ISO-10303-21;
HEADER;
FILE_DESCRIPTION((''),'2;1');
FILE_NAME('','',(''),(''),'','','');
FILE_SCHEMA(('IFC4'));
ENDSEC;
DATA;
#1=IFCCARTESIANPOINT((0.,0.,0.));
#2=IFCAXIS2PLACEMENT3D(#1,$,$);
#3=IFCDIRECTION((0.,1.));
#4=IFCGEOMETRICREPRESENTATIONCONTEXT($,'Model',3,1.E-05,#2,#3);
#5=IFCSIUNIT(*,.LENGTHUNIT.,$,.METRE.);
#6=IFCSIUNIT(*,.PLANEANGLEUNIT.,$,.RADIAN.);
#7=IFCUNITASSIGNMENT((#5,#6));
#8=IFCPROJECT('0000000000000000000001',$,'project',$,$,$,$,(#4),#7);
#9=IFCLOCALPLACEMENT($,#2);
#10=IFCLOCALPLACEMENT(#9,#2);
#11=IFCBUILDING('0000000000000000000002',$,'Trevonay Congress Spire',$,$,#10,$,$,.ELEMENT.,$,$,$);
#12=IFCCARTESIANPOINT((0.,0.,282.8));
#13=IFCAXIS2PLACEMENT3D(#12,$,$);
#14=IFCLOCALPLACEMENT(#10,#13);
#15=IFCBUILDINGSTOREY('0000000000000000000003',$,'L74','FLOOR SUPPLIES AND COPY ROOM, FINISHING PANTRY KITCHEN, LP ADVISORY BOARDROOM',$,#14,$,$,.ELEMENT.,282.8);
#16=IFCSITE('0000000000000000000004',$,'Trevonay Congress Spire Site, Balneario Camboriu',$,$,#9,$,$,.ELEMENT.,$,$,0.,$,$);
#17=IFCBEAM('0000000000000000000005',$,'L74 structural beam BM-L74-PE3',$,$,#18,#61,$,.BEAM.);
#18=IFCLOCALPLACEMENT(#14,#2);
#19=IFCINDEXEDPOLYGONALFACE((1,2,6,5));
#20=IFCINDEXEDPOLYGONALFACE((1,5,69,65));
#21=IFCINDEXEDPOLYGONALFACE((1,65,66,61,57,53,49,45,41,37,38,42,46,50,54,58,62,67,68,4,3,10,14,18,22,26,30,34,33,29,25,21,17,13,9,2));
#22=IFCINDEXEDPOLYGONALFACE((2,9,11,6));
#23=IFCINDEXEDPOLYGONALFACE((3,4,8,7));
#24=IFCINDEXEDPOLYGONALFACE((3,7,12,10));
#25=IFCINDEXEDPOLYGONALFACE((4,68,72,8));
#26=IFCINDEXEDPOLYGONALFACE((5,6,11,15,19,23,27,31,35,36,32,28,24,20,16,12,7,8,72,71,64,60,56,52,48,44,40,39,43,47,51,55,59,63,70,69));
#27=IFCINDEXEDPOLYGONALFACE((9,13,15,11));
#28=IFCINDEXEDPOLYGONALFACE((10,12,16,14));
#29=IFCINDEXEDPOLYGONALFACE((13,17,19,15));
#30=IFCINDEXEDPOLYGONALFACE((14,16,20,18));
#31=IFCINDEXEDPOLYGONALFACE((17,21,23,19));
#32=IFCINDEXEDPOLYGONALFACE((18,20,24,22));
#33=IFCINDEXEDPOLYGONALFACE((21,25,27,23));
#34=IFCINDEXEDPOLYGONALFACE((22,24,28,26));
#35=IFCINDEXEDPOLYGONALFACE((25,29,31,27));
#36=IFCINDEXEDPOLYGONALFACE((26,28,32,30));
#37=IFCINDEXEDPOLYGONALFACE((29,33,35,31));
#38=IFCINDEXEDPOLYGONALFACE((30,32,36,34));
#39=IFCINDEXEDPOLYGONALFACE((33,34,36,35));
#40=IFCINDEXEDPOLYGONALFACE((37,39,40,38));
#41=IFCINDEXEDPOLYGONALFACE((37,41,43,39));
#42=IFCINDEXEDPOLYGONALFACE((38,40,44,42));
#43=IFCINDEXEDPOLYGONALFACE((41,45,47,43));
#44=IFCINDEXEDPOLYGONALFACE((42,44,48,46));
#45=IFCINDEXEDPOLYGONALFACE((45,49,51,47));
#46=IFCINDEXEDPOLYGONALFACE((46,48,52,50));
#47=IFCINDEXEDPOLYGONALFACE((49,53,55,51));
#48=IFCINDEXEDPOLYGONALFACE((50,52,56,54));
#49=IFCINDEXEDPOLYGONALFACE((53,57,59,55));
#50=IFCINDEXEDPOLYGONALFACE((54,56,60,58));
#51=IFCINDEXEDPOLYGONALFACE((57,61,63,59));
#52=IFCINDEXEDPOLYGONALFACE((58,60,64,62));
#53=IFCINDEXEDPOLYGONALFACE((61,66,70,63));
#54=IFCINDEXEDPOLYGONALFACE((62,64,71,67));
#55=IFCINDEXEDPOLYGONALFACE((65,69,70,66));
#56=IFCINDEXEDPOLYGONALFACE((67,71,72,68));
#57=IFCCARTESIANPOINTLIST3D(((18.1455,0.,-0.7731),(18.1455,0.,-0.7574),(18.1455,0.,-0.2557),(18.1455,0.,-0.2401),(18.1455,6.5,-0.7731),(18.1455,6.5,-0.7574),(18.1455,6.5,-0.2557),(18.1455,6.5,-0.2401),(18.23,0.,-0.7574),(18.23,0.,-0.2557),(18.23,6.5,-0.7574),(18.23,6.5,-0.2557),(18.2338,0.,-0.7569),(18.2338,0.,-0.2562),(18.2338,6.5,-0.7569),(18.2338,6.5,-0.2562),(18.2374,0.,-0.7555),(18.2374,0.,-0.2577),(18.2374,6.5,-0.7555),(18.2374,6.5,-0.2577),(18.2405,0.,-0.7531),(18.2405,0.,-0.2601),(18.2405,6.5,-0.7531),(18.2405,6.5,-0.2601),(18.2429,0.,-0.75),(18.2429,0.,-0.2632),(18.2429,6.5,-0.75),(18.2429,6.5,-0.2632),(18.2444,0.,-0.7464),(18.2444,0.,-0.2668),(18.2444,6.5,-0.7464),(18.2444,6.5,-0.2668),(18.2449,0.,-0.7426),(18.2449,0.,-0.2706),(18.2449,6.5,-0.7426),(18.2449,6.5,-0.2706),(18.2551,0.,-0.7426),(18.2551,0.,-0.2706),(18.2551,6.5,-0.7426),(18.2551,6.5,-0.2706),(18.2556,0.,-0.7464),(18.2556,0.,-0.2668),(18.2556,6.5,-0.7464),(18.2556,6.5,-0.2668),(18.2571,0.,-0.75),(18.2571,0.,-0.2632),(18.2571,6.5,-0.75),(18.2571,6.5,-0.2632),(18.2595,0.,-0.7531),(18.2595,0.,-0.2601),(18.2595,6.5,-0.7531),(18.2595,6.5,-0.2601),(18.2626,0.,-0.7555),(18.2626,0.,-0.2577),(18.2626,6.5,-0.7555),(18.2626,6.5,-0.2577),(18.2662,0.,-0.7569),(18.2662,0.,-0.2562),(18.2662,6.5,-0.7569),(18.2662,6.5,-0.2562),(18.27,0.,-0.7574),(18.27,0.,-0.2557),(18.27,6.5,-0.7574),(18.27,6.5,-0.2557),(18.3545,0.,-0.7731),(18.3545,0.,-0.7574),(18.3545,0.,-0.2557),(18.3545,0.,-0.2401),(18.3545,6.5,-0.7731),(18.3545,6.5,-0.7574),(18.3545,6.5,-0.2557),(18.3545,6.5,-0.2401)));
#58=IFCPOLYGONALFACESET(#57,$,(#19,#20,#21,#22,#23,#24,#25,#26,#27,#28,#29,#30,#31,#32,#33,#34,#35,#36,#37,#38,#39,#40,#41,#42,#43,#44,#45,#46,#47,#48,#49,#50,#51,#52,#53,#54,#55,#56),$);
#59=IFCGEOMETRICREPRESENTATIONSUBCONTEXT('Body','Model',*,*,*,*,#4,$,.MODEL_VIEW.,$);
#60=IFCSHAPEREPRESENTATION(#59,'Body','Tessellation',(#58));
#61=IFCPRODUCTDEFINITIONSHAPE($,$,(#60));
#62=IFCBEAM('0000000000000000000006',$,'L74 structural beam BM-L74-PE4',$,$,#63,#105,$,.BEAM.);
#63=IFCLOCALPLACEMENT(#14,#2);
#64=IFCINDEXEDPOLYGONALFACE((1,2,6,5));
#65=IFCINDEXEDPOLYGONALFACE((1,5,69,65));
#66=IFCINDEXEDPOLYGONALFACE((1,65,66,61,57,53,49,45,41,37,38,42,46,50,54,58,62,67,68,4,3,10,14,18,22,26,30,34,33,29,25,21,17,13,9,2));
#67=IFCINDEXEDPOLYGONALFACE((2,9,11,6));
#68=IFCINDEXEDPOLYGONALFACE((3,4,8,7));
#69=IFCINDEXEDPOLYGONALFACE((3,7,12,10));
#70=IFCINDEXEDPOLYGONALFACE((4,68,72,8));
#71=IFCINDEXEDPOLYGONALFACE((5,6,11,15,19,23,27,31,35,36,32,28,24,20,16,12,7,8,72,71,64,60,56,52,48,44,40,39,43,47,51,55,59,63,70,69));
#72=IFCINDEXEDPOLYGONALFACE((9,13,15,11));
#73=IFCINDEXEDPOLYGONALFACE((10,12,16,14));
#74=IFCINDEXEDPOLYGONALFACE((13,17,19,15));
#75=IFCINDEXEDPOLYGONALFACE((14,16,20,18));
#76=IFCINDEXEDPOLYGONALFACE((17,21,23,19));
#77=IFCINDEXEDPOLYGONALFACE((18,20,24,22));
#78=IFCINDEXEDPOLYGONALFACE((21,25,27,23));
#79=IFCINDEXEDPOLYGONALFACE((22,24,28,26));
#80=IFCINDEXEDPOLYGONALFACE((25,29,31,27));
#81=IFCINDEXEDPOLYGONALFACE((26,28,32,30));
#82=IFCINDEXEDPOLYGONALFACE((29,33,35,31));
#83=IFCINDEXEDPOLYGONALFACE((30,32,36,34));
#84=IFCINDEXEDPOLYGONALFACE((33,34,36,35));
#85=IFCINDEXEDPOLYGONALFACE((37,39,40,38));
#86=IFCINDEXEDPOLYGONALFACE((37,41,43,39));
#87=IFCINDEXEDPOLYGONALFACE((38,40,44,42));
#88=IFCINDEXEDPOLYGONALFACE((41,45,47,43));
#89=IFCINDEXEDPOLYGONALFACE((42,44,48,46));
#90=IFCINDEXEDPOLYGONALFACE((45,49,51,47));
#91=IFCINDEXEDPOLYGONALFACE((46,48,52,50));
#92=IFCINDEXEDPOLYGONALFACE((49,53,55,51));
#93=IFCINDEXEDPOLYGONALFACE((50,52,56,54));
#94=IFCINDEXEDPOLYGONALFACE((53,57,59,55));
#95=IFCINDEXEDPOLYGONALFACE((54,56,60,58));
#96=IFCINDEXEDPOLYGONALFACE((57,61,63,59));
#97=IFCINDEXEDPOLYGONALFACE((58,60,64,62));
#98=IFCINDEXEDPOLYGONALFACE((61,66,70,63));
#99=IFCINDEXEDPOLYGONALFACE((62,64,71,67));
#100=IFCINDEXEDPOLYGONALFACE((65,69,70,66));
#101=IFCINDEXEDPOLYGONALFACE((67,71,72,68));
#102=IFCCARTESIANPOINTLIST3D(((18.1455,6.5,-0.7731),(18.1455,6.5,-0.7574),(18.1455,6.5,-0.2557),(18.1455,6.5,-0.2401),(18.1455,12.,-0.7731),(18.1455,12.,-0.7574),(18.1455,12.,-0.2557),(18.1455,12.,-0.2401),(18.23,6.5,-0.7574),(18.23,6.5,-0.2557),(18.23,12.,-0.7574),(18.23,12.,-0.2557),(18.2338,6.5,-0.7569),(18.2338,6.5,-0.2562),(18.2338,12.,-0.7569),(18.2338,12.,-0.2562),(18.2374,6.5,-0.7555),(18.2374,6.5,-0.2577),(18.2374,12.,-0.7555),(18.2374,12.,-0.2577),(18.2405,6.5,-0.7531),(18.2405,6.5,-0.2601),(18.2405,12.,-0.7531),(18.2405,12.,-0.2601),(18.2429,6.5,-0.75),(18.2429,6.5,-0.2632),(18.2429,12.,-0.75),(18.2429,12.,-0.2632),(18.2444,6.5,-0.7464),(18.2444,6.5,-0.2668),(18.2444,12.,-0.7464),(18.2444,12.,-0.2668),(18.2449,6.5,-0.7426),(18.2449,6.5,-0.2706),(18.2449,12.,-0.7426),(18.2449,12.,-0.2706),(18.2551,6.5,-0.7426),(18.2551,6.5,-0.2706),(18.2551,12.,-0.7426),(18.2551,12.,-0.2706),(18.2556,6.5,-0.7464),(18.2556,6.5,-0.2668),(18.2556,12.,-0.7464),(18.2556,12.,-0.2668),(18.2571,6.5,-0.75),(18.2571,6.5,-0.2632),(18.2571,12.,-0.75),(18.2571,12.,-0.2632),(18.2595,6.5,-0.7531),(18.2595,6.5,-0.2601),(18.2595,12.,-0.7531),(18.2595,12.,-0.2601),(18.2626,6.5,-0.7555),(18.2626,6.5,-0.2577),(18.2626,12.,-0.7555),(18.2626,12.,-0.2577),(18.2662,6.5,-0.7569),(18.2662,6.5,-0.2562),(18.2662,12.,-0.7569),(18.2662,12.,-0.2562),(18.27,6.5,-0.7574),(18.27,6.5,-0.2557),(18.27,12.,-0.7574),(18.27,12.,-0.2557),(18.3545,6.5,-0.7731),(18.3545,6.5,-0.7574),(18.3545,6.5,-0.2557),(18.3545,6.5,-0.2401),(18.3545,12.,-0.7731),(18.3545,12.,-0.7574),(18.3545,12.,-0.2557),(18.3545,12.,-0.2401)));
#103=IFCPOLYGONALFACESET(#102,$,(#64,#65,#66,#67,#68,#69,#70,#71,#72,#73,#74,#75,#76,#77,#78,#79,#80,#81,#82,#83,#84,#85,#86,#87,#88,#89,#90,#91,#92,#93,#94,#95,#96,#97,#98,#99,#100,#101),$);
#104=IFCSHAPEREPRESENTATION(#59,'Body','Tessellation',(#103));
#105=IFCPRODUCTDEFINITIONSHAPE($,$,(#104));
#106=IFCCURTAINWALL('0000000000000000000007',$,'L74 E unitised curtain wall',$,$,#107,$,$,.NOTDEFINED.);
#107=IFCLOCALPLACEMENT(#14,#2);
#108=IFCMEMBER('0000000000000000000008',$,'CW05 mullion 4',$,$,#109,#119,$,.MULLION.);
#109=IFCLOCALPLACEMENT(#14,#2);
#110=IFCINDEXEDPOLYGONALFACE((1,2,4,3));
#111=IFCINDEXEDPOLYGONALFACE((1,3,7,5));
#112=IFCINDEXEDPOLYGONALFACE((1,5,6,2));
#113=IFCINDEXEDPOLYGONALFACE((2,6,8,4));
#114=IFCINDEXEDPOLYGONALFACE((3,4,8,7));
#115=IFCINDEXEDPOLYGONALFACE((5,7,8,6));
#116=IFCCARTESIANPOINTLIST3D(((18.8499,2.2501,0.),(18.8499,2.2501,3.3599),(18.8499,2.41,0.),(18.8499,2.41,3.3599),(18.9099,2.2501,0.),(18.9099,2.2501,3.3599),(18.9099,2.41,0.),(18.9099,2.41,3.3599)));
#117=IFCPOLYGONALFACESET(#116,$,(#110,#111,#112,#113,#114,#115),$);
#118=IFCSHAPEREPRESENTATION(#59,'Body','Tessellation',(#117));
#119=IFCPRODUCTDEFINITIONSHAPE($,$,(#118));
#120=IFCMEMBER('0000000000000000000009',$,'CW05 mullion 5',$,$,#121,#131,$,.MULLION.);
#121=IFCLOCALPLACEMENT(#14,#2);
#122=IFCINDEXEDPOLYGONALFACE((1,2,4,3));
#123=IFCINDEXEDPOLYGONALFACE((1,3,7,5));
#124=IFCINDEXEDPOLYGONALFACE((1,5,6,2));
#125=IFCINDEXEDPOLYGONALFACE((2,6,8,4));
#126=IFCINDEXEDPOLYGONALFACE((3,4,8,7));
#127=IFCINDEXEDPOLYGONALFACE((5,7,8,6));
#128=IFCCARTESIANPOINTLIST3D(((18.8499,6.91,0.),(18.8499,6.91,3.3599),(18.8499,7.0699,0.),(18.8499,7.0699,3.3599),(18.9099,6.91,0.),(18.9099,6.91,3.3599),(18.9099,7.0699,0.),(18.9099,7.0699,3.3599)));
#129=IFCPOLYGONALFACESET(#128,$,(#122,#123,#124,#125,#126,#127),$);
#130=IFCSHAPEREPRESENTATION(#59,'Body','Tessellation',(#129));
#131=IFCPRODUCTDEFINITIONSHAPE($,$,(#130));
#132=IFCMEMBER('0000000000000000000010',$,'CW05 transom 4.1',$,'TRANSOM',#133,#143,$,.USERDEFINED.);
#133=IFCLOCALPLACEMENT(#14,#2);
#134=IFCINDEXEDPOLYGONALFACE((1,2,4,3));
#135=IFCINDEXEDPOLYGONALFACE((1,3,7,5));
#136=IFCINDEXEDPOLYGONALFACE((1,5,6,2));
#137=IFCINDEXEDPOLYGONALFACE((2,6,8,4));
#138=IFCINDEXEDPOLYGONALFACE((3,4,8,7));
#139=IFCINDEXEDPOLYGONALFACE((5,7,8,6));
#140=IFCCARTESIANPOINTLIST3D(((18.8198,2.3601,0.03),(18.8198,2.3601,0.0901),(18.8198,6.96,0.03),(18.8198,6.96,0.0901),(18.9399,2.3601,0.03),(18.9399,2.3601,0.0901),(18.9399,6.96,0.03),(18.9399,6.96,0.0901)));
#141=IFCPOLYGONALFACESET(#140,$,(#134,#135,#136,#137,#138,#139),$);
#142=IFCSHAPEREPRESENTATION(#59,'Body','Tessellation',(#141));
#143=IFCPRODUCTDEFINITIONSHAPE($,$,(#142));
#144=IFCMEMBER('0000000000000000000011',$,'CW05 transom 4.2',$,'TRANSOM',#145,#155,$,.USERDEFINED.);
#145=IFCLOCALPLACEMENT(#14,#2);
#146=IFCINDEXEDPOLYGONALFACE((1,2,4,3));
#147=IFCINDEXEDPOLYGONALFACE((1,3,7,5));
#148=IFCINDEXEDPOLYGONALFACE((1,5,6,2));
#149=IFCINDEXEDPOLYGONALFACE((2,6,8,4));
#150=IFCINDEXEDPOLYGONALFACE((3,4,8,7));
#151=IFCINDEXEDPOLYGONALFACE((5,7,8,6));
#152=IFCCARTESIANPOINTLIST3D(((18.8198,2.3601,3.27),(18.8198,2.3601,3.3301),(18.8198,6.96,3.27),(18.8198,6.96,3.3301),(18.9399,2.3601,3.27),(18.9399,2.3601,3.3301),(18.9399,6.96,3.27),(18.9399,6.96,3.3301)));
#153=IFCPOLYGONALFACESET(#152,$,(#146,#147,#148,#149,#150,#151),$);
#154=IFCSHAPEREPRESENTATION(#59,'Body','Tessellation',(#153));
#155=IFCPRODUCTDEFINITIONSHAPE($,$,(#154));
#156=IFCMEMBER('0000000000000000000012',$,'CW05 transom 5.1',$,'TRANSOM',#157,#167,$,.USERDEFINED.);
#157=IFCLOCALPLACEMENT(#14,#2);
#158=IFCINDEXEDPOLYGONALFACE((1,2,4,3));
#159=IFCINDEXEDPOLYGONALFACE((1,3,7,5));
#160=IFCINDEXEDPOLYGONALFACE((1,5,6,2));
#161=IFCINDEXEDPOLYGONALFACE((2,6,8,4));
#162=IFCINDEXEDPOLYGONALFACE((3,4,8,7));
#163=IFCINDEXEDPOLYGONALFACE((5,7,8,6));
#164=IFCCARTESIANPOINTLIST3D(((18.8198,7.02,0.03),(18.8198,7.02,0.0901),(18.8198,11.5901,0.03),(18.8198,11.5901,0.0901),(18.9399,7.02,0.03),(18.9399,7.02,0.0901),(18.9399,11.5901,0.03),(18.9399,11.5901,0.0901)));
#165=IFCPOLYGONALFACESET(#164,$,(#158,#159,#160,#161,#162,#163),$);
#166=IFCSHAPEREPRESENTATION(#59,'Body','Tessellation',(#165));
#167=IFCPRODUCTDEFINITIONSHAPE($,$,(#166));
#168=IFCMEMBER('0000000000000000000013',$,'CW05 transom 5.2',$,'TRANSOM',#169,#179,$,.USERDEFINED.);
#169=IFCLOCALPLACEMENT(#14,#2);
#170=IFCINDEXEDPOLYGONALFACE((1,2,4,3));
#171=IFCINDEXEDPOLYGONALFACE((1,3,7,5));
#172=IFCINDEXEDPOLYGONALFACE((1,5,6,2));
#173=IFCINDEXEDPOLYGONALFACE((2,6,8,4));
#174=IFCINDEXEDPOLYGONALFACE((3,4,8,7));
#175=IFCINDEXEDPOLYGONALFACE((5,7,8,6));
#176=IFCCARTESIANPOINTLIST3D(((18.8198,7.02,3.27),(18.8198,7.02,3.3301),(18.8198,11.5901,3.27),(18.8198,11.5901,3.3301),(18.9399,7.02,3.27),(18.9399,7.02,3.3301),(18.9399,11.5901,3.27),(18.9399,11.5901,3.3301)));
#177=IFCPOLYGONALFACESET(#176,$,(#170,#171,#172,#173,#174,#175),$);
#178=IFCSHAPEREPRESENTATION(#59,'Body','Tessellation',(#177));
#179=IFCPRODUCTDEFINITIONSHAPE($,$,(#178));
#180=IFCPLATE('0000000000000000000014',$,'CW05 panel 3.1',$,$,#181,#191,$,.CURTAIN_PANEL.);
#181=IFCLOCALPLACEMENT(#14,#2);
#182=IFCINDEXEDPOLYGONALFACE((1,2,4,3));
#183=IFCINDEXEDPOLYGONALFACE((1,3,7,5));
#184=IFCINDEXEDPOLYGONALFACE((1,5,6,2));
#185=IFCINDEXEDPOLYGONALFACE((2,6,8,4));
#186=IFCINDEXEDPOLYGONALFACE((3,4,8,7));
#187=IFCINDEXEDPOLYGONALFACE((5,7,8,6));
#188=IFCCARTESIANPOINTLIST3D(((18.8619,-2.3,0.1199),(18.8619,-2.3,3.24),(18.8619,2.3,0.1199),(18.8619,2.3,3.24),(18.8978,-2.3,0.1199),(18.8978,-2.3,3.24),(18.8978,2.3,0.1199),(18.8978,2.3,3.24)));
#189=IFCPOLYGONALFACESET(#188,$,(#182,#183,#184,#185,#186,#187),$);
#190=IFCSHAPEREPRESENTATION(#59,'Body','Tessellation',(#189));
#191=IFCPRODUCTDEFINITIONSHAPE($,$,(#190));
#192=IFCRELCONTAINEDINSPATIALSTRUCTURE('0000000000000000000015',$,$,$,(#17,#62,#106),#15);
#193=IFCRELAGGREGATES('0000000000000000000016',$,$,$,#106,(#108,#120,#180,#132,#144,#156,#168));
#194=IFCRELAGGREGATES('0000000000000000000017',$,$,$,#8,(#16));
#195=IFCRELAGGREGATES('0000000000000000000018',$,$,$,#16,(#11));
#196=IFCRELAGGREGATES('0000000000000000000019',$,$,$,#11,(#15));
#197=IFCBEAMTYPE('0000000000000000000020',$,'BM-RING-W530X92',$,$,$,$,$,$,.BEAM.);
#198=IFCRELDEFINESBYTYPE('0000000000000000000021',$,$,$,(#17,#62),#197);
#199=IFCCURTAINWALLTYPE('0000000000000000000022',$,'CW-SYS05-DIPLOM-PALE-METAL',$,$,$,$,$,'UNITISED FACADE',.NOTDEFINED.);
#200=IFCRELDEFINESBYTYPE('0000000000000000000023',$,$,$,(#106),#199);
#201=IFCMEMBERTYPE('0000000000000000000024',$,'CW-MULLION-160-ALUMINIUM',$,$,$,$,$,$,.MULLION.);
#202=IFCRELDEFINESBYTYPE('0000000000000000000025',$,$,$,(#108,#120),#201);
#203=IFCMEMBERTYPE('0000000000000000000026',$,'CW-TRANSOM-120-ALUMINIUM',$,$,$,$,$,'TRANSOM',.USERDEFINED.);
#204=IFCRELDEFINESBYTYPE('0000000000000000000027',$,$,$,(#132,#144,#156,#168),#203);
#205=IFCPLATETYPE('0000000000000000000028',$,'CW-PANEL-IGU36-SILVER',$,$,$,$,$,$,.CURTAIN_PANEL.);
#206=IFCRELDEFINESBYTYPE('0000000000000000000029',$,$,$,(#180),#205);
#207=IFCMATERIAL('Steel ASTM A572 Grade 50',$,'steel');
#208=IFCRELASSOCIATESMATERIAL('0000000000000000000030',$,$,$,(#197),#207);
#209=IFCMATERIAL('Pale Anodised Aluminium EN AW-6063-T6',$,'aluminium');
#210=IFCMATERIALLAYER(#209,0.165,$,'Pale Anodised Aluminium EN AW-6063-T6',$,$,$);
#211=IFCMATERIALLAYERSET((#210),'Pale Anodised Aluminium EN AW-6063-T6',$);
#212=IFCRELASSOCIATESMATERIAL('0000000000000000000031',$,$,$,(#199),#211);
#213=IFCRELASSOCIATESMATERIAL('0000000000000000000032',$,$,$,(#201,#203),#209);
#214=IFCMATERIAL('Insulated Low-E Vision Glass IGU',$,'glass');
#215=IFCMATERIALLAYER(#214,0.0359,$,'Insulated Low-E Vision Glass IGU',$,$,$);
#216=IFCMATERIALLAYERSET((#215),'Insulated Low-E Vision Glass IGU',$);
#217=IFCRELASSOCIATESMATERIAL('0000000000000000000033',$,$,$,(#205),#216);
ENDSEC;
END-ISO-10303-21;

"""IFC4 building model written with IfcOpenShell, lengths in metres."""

from ifc_helpers import new_model, si_unit, direction, frame, origin, origin_2d, place, context, subcontext, project, spatial, rectangle, i_section, extrude, material, layer, layer_set, material_profile, profile_set, type_object, element, aggregate, save


model = new_model("IFC4")

# Units and contexts
model_context = context("Model", 3, precision=1e-05, world=origin(), true_north=direction((0.0, 1.0)))
body_context = subcontext(model_context, "Body", "Model", "MODEL_VIEW")
ifc_project = project(units=[si_unit("LENGTHUNIT", "METRE"), si_unit("PLANEANGLEUNIT", "RADIAN")], contexts=[model_context])

# Site, building, storey
site_placement = place(None, origin())
site = spatial("IfcSite", under=ifc_project, at=site_placement, Name="Trevonay Congress Spire Site, Balneario Camboriu", CompositionType="ELEMENT", RefElevation=0.0)
building_placement = place(site_placement, origin())
building = spatial("IfcBuilding", under=site, at=building_placement, Name="Trevonay Congress Spire", CompositionType="ELEMENT")
storey_placement = place(building_placement, frame((0.0, 0.0, 282.8)))
storey = spatial("IfcBuildingStorey", under=building, at=storey_placement, Name="L74", Description="FLOOR SUPPLIES AND COPY ROOM, FINISHING PANTRY KITCHEN, LP ADVISORY BOARDROOM", CompositionType="ELEMENT", Elevation=282.8)

# Shared definitions
ifc_material_1 = material(Name="Steel ASTM A572 Grade 50", Category="steel")

# Beams
ifc_material_profile_1 = material_profile(ifc_material_1, i_section(OverallWidth=0.209, OverallDepth=0.533, WebThickness=0.0103, FlangeThickness=0.0156, FilletRadius=0.0149, at=origin_2d()), Name="W530x92")
ifc_profile_set_1 = profile_set([ifc_material_profile_1], Name="Steel ASTM A572 Grade 50")
beam_type_1 = type_object("IfcBeamType", Name="BM-RING-W530X92", PredefinedType="BEAM", material=ifc_profile_set_1)
beam_1_placement = place(storey_placement, frame((18.25, 0.0, -0.5066), z_axis=(0.0, 1.0, 0.0), x_axis=(-1.0, 0.0, 0.0)))
element("IfcBeam", 1, at=beam_1_placement, inside=storey, type_object=beam_type_1, Name="L74 structural beam BM-L74-PE3", PredefinedType="BEAM", context=body_context, shape_type="SweptSolid", body=[
    extrude(i_section(OverallWidth=0.209, OverallDepth=0.533, WebThickness=0.0103, FlangeThickness=0.0156, FilletRadius=0.0149, at=origin_2d()), origin(), (0.0, 0.0, 1.0), 6.5),
])
beam_2_placement = place(storey_placement, frame((18.25, 6.5, -0.5066), z_axis=(0.0, 1.0, 0.0), x_axis=(-1.0, 0.0, 0.0)))
element("IfcBeam", 2, at=beam_2_placement, inside=storey, type_object=beam_type_1, Name="L74 structural beam BM-L74-PE4", PredefinedType="BEAM", context=body_context, shape_type="SweptSolid", body=[
    extrude(i_section(OverallWidth=0.209, OverallDepth=0.533, WebThickness=0.0103, FlangeThickness=0.0156, FilletRadius=0.0149, at=origin_2d()), origin(), (0.0, 0.0, 1.0), 5.5),
])

# Curtain wall, members, plate
ifc_material_2 = material(Name="Pale Anodised Aluminium EN AW-6063-T6", Category="aluminium")
ifc_layer_1 = layer(ifc_material_2, 0.165, Name="Pale Anodised Aluminium EN AW-6063-T6")
ifc_layer_set_1 = layer_set([ifc_layer_1], Name="Pale Anodised Aluminium EN AW-6063-T6")
curtain_wall_type = type_object("IfcCurtainWallType", Name="CW-SYS05-DIPLOM-PALE-METAL", ElementType="UNITISED FACADE", PredefinedType="NOTDEFINED", material=ifc_layer_set_1)
curtain_wall_placement = place(storey_placement, origin())
curtain_wall = element("IfcCurtainWall", 3, at=curtain_wall_placement, inside=storey, type_object=curtain_wall_type, Name="L74 E unitised curtain wall", PredefinedType="NOTDEFINED")
ifc_material_profile_2 = material_profile(ifc_material_2, rectangle(XDim=0.0601, YDim=0.1599, at=origin_2d()), Name="CW-MULLION-160-ALUMINIUM")
ifc_profile_set_2 = profile_set([ifc_material_profile_2], Name="Pale Anodised Aluminium EN AW-6063-T6")
member_type_1 = type_object("IfcMemberType", Name="CW-MULLION-160-ALUMINIUM", PredefinedType="MULLION", material=ifc_profile_set_2)
member_1_placement = place(storey_placement, frame((18.8799, 2.3301, 0.0), z_axis=(0.0, 0.0, 1.0), x_axis=(-1.0, 0.0, 0.0)))
member_1 = element("IfcMember", 4, at=member_1_placement, type_object=member_type_1, Name="CW05 mullion 4", PredefinedType="MULLION", context=body_context, shape_type="SweptSolid", body=[
    extrude(rectangle(XDim=0.0601, YDim=0.1599, at=origin_2d()), origin(), (0.0, 0.0, 1.0), 3.3599),
])
member_2_placement = place(storey_placement, frame((18.8799, 6.99, 0.0), z_axis=(0.0, 0.0, 1.0), x_axis=(-1.0, 0.0, 0.0)))
member_2 = element("IfcMember", 5, at=member_2_placement, type_object=member_type_1, Name="CW05 mullion 5", PredefinedType="MULLION", context=body_context, shape_type="SweptSolid", body=[
    extrude(rectangle(XDim=0.0601, YDim=0.1599, at=origin_2d()), origin(), (0.0, 0.0, 1.0), 3.3599),
])
ifc_material_profile_3 = material_profile(ifc_material_2, rectangle(XDim=0.1201, YDim=0.0601, at=origin_2d()), Name="CW-TRANSOM-120-ALUMINIUM")
ifc_profile_set_3 = profile_set([ifc_material_profile_3], Name="Pale Anodised Aluminium EN AW-6063-T6")
member_type_2 = type_object("IfcMemberType", Name="CW-TRANSOM-120-ALUMINIUM", ElementType="TRANSOM", PredefinedType="USERDEFINED", material=ifc_profile_set_3)
member_3_placement = place(storey_placement, frame((18.8799, 2.3601, 0.0601), z_axis=(0.0, 1.0, 0.0), x_axis=(-1.0, 0.0, 0.0)))
member_3 = element("IfcMember", 6, at=member_3_placement, type_object=member_type_2, Name="CW05 transom 4.1", ObjectType="TRANSOM", PredefinedType="USERDEFINED", context=body_context, shape_type="SweptSolid", body=[
    extrude(rectangle(XDim=0.1201, YDim=0.0601, at=origin_2d()), origin(), (0.0, 0.0, 1.0), 4.5999),
])
member_4_placement = place(storey_placement, frame((18.8799, 2.3601, 3.3), z_axis=(0.0, 1.0, 0.0), x_axis=(-1.0, 0.0, 0.0)))
member_4 = element("IfcMember", 7, at=member_4_placement, type_object=member_type_2, Name="CW05 transom 4.2", ObjectType="TRANSOM", PredefinedType="USERDEFINED", context=body_context, shape_type="SweptSolid", body=[
    extrude(rectangle(XDim=0.1201, YDim=0.0601, at=origin_2d()), origin(), (0.0, 0.0, 1.0), 4.5999),
])
member_5_placement = place(storey_placement, frame((18.8799, 7.02, 0.0601), z_axis=(0.0, 1.0, 0.0), x_axis=(-1.0, 0.0, 0.0)))
member_5 = element("IfcMember", 8, at=member_5_placement, type_object=member_type_2, Name="CW05 transom 5.1", ObjectType="TRANSOM", PredefinedType="USERDEFINED", context=body_context, shape_type="SweptSolid", body=[
    extrude(rectangle(XDim=0.1201, YDim=0.0601, at=origin_2d()), origin(), (0.0, 0.0, 1.0), 4.5701),
])
member_6_placement = place(storey_placement, frame((18.8799, 7.02, 3.3), z_axis=(0.0, 1.0, 0.0), x_axis=(-1.0, 0.0, 0.0)))
member_6 = element("IfcMember", 9, at=member_6_placement, type_object=member_type_2, Name="CW05 transom 5.2", ObjectType="TRANSOM", PredefinedType="USERDEFINED", context=body_context, shape_type="SweptSolid", body=[
    extrude(rectangle(XDim=0.1201, YDim=0.0601, at=origin_2d()), origin(), (0.0, 0.0, 1.0), 4.5701),
])
ifc_material_3 = material(Name="Insulated Low-E Vision Glass IGU", Category="glass")
ifc_layer_2 = layer(ifc_material_3, 0.0359, Name="Insulated Low-E Vision Glass IGU")
ifc_layer_set_2 = layer_set([ifc_layer_2], Name="Insulated Low-E Vision Glass IGU")
plate_type = type_object("IfcPlateType", Name="CW-PANEL-IGU36-SILVER", PredefinedType="CURTAIN_PANEL", material=ifc_layer_set_2)
plate_1_placement = place(storey_placement, frame((18.8799, 0.0, 0.1199), z_axis=(0.0, 0.0, 1.0), x_axis=(0.0, 1.0, 0.0)))
plate_1 = element("IfcPlate", 10, at=plate_1_placement, type_object=plate_type, Name="CW05 panel 3.1", PredefinedType="CURTAIN_PANEL", context=body_context, shape_type="SweptSolid", body=[
    extrude(rectangle(XDim=4.6001, YDim=0.0359, at=origin_2d()), origin(), (0.0, 0.0, 1.0), 3.1201),
])
aggregate(curtain_wall, [member_1, member_2, plate_1, member_3, member_4, member_5, member_6])

save(model, "model.ifc")
